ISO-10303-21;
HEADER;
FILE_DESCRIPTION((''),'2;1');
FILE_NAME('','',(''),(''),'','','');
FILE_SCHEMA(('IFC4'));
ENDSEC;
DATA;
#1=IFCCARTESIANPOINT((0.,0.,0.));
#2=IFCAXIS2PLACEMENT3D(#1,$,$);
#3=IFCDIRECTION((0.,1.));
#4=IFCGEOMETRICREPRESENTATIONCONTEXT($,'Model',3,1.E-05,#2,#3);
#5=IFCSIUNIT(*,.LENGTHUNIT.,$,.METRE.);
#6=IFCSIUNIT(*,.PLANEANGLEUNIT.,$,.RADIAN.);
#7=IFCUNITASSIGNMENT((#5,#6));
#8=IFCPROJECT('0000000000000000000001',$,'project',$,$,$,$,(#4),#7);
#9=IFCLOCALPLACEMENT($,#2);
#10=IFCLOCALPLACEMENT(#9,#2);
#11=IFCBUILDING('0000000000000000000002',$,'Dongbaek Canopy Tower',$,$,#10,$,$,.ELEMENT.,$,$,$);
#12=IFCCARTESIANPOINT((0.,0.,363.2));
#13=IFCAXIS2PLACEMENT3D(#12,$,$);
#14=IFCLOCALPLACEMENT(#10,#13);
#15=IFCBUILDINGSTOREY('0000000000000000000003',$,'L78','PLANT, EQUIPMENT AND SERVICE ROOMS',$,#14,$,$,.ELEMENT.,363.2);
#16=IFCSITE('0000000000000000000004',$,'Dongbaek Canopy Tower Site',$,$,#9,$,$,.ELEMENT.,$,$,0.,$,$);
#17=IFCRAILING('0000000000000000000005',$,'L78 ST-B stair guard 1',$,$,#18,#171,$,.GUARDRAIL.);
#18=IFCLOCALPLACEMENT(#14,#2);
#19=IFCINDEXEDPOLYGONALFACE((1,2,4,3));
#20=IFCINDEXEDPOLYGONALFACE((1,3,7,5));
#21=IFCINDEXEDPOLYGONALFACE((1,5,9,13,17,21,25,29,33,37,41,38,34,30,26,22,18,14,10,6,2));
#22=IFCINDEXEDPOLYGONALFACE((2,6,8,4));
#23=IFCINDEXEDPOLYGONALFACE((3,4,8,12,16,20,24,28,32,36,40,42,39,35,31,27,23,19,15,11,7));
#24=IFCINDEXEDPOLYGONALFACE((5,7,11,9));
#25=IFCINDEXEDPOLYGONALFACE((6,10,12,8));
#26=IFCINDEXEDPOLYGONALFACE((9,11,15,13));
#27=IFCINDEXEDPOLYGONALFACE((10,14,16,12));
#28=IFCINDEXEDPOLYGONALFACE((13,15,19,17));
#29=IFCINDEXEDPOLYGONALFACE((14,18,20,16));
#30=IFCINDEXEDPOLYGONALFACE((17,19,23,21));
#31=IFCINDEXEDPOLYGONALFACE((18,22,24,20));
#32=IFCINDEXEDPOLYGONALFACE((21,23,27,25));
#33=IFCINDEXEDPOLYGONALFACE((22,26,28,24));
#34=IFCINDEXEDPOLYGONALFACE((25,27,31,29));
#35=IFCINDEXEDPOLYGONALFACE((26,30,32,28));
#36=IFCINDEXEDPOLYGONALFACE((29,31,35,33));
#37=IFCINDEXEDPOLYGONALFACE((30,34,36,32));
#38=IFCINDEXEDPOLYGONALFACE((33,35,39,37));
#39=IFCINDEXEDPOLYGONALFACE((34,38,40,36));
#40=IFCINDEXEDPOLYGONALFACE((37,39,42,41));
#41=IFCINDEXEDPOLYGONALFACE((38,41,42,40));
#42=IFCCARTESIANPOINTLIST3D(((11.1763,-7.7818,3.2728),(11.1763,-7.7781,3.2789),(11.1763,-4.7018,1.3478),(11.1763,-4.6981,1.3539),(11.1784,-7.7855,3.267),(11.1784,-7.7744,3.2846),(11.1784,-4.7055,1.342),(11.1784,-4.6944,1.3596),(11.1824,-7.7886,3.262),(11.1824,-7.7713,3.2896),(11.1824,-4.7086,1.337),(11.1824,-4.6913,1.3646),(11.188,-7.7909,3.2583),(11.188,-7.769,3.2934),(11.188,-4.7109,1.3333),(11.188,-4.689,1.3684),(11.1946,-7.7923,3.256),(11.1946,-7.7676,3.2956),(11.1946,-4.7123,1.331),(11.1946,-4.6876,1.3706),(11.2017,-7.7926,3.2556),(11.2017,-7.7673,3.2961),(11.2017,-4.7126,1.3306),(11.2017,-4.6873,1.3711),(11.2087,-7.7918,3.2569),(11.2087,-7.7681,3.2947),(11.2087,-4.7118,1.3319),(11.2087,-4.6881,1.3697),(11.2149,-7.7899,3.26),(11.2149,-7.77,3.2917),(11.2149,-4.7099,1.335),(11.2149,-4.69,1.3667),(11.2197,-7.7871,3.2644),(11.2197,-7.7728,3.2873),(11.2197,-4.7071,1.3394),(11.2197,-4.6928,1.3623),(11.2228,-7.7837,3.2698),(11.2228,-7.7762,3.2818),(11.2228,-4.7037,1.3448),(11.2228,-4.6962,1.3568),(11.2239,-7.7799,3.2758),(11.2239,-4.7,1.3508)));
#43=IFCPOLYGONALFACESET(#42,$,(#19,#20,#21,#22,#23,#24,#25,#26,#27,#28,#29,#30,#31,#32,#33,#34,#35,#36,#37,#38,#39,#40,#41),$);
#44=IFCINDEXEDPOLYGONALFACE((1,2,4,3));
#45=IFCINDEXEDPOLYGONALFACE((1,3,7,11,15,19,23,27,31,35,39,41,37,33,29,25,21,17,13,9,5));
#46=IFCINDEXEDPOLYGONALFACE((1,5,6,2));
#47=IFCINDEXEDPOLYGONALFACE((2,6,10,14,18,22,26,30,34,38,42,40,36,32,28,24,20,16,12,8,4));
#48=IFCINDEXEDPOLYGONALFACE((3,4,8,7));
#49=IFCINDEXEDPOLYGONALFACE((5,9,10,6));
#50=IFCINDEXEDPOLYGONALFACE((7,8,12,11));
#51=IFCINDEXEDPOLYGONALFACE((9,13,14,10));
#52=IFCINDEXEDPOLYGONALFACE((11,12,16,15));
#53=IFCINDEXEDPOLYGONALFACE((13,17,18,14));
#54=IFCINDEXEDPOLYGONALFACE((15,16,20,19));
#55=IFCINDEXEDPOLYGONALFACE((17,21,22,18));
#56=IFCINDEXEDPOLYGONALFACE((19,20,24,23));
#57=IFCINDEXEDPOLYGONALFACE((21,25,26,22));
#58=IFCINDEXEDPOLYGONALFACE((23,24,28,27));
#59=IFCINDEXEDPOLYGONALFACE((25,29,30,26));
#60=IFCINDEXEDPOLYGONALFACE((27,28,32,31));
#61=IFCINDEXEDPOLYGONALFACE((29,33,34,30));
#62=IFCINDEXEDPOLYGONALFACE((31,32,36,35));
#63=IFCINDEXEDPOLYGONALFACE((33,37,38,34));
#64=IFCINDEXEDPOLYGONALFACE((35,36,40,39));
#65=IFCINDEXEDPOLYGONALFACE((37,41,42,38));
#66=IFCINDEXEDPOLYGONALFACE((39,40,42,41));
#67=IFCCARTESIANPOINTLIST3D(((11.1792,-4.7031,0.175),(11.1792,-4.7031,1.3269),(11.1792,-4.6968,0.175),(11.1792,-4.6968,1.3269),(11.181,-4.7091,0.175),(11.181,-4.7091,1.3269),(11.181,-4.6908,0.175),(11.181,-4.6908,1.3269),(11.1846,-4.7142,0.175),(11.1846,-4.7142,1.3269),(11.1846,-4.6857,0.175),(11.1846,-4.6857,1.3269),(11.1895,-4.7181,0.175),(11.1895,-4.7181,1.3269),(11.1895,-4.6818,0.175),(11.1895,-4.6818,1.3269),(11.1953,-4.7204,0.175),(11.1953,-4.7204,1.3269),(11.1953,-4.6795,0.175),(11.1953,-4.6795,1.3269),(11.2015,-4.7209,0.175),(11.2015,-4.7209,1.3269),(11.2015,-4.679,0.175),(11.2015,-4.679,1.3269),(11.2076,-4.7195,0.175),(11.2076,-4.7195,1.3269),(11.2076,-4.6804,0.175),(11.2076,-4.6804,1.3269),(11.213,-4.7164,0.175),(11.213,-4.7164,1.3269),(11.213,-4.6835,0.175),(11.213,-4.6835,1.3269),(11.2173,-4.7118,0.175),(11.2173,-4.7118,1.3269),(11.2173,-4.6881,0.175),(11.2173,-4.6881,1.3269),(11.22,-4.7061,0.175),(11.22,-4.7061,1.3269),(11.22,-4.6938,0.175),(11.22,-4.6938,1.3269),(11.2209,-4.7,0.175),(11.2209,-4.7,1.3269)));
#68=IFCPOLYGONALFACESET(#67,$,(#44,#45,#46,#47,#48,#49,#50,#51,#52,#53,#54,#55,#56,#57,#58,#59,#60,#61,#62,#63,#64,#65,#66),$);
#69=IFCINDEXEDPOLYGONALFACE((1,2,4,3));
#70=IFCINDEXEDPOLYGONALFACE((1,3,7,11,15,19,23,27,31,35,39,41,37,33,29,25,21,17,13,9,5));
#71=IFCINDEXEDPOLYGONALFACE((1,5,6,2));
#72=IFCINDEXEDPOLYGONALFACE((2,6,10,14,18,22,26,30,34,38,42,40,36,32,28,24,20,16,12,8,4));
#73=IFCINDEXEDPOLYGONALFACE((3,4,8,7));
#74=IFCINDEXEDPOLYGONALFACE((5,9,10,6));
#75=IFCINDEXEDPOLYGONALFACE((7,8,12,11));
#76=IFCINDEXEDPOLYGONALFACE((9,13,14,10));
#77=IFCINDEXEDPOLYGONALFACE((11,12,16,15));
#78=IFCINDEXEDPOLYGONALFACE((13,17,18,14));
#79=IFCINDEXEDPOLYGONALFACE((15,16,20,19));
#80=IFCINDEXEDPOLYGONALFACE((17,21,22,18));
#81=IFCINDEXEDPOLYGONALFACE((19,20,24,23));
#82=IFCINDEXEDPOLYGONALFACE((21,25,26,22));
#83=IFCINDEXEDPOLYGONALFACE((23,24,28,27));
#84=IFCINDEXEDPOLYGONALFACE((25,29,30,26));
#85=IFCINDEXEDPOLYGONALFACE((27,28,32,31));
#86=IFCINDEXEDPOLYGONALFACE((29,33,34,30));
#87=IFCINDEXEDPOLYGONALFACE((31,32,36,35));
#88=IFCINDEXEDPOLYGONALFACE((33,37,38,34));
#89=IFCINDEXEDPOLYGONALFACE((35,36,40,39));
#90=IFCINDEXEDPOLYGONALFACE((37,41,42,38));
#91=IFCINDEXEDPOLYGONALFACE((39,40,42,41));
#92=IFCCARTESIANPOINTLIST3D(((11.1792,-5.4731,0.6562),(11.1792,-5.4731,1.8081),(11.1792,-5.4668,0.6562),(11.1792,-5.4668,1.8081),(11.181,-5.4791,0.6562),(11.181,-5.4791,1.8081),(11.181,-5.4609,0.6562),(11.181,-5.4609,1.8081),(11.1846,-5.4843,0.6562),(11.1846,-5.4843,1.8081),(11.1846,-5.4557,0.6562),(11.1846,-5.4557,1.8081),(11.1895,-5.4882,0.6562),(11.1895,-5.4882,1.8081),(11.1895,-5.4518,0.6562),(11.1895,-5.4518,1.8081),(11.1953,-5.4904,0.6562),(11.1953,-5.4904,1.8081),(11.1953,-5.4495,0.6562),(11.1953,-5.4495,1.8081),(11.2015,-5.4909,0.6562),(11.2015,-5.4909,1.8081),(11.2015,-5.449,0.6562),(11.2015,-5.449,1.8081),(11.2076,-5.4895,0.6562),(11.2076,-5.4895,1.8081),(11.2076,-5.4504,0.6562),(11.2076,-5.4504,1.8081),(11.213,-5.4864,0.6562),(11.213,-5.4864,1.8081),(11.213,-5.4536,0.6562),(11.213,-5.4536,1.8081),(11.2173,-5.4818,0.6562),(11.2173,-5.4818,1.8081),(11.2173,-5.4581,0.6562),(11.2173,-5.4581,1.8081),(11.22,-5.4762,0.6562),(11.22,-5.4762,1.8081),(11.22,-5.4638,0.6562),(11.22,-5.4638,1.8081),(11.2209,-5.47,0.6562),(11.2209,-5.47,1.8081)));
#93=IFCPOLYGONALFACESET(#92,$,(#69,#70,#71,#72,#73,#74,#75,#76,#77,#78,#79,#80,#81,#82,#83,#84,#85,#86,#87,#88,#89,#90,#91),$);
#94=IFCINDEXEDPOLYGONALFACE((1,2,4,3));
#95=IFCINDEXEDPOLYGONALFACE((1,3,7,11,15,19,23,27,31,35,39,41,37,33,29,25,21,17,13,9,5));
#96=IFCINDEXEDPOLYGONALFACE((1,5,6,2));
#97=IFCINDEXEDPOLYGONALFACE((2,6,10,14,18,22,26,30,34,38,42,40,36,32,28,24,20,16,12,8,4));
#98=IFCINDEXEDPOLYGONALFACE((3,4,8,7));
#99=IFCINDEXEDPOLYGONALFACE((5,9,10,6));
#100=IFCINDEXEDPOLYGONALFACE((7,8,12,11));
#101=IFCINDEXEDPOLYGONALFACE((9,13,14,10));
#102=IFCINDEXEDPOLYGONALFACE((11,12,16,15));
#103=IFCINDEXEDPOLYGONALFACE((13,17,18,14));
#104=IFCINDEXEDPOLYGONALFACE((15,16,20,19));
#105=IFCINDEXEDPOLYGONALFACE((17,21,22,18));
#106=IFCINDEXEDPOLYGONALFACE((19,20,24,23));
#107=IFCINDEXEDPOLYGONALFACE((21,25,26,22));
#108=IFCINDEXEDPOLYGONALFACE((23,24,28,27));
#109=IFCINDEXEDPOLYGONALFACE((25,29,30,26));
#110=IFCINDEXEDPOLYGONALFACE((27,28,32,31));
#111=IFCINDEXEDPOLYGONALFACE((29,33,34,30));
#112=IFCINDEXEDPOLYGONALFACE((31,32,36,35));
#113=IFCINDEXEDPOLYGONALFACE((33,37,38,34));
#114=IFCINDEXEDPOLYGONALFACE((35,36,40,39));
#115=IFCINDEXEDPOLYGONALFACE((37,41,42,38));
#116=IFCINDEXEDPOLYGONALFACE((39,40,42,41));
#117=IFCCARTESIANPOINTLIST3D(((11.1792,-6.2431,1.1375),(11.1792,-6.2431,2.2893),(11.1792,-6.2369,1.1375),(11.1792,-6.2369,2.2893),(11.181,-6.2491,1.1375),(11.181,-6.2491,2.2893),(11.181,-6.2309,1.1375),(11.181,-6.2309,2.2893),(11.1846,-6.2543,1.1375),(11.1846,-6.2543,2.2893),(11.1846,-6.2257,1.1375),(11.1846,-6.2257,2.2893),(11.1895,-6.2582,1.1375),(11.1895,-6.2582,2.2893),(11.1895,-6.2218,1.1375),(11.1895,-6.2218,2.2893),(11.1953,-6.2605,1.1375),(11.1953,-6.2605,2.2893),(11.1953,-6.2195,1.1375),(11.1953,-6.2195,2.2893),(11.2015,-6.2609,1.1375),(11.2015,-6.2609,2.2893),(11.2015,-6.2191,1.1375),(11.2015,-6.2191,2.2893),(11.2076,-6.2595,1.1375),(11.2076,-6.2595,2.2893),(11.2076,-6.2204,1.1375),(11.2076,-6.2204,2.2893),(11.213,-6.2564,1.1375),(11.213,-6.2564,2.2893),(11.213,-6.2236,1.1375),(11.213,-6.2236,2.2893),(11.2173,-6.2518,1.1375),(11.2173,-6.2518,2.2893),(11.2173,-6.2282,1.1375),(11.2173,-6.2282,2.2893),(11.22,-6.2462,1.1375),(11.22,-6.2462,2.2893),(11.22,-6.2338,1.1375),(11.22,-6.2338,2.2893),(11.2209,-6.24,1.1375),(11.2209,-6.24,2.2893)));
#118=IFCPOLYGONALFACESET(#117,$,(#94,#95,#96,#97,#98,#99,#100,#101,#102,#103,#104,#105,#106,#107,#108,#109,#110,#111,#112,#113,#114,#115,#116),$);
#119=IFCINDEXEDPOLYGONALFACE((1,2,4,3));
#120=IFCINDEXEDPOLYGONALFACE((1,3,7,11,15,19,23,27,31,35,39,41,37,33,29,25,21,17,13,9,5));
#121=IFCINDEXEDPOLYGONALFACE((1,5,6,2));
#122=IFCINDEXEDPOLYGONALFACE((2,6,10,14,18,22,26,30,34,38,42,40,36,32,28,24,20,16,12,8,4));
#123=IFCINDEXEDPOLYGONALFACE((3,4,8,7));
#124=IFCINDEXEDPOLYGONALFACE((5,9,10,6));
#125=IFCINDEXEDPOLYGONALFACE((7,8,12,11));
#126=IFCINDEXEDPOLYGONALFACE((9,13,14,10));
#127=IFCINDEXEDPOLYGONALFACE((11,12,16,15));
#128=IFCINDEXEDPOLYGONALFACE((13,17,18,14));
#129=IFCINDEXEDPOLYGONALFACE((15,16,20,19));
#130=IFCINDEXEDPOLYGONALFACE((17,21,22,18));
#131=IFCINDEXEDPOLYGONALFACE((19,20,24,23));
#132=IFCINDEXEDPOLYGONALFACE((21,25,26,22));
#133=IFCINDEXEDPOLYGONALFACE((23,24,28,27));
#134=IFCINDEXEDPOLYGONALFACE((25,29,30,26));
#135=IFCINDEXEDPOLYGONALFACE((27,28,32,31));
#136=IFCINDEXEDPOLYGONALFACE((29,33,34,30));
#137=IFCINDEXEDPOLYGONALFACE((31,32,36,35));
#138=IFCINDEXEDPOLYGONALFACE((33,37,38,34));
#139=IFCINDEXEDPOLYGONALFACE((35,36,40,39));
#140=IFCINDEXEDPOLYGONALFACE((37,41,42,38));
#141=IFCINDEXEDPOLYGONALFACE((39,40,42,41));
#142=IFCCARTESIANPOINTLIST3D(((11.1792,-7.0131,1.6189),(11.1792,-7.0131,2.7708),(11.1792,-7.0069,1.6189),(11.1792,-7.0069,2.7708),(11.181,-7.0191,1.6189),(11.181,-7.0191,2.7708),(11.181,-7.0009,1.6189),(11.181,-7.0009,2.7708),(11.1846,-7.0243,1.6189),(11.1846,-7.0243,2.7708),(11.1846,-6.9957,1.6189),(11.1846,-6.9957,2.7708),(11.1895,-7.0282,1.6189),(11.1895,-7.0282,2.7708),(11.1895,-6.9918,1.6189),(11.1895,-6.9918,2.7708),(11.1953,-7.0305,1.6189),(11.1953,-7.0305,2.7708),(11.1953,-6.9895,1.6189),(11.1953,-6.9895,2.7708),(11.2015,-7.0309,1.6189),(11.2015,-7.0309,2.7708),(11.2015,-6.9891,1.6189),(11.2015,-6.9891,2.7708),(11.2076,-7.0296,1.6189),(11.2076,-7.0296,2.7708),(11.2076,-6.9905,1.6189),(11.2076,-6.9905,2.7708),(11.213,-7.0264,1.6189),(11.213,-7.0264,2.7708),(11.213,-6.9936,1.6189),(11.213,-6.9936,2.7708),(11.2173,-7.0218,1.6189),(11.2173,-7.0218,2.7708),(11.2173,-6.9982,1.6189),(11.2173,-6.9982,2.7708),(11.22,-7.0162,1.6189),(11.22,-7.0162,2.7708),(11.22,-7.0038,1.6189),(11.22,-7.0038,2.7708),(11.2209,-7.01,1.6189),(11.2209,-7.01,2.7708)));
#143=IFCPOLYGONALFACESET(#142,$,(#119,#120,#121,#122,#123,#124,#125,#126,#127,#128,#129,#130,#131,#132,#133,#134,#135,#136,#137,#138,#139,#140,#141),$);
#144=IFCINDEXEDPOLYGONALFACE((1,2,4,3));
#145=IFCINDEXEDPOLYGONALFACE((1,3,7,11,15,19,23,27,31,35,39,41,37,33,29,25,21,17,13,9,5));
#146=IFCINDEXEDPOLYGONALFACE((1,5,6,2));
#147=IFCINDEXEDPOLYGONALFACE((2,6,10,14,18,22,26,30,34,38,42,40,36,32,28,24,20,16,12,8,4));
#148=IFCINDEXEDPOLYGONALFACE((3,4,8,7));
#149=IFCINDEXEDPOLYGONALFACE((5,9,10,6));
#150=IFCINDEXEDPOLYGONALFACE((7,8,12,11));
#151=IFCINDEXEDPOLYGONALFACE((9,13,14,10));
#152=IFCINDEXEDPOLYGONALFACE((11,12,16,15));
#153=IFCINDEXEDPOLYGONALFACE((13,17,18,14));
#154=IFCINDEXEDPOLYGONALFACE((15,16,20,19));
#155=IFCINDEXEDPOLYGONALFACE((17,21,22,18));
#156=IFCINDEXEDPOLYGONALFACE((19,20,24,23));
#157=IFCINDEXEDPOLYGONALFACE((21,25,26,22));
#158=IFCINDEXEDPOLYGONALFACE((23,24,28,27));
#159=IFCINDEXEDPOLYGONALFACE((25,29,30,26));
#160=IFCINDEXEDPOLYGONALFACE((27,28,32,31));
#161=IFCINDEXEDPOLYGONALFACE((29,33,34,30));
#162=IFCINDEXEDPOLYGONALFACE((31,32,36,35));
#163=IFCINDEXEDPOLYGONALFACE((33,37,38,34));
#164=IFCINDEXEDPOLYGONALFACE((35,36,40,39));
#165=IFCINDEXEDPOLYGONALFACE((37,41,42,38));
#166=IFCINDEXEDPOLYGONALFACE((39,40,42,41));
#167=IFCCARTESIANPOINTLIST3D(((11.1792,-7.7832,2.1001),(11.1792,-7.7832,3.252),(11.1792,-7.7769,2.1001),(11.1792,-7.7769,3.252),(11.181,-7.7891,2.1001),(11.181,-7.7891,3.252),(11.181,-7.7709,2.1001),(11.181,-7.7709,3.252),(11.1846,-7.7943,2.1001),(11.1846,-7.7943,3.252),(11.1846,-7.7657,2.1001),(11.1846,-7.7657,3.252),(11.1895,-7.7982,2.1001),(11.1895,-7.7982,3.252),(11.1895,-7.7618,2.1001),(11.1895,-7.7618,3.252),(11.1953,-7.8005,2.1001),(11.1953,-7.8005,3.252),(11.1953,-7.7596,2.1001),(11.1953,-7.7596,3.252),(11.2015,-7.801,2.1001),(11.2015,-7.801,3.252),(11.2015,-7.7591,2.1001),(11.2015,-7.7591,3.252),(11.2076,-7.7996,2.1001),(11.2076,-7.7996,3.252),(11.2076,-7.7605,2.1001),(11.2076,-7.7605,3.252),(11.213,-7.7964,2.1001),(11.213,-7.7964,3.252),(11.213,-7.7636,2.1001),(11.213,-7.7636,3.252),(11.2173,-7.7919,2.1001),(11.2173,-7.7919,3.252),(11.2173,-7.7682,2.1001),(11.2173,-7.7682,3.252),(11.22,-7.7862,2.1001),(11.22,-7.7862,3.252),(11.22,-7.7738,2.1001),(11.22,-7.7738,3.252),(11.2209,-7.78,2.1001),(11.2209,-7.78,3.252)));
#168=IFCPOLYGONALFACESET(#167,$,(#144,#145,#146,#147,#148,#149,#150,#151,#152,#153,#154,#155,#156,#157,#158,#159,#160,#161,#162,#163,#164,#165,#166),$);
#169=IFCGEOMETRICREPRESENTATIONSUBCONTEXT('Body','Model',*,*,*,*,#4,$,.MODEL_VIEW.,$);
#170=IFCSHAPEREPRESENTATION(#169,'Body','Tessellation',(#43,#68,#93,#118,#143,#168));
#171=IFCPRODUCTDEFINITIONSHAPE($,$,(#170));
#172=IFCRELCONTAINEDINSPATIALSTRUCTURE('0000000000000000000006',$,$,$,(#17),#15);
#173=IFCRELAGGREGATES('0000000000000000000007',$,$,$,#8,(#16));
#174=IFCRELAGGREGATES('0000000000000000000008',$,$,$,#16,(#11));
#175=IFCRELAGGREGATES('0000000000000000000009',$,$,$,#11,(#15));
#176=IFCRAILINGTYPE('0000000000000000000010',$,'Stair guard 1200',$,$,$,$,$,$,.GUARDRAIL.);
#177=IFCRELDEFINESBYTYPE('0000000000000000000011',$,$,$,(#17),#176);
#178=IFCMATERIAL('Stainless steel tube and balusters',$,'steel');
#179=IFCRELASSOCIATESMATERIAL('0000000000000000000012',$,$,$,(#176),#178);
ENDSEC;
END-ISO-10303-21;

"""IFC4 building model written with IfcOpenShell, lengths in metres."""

from ifc_helpers import new_model, si_unit, direction, frame, origin, origin_2d, place, context, subcontext, project, spatial, circle, extrude, material, type_object, element, save


model = new_model("IFC4")

# Units and contexts
model_context = context("Model", 3, precision=1e-05, world=origin(), true_north=direction((0.0, 1.0)))
body_context = subcontext(model_context, "Body", "Model", "MODEL_VIEW")
ifc_project = project(units=[si_unit("LENGTHUNIT", "METRE"), si_unit("PLANEANGLEUNIT", "RADIAN")], contexts=[model_context])

# Site, building, storey
site_placement = place(None, origin())
site = spatial("IfcSite", under=ifc_project, at=site_placement, Name="Dongbaek Canopy Tower Site", CompositionType="ELEMENT", RefElevation=0.0)
building_placement = place(site_placement, origin())
building = spatial("IfcBuilding", under=site, at=building_placement, Name="Dongbaek Canopy Tower", CompositionType="ELEMENT")
storey_placement = place(building_placement, frame((0.0, 0.0, 363.2)))
storey = spatial("IfcBuildingStorey", under=building, at=storey_placement, Name="L78", Description="PLANT, EQUIPMENT AND SERVICE ROOMS", CompositionType="ELEMENT", Elevation=363.2)

# Railing
ifc_material_1 = material(Name="Stainless steel tube and balusters", Category="steel")
railing_type_1 = type_object("IfcRailingType", Name="Stair guard 1200", PredefinedType="GUARDRAIL", material=ifc_material_1)
railing_1_placement = place(storey_placement, frame((11.2, -4.7, 0.175)))
element("IfcRailing", 1, at=railing_1_placement, inside=storey, type_object=railing_type_1, Name="L78 ST-B stair guard 1", PredefinedType="GUARDRAIL", context=body_context, shape_type="SweptSolid", body=[
    extrude(circle(Radius=0.0239, at=origin_2d()), frame((0.0, 0.0, 1.1758), z_axis=(0.0, -0.847998, 0.529999), x_axis=(1.0, 0.0, 0.0)), (0.0, 0.0, 1.0), 3.6321),
    extrude(circle(Radius=0.021, at=origin_2d()), origin(), (0.0, 0.0, 1.0), 1.1519),
    extrude(circle(Radius=0.021, at=origin_2d()), frame((0.0, -0.77, 0.4812)), (0.0, 0.0, 1.0), 1.1519),
    extrude(circle(Radius=0.021, at=origin_2d()), frame((0.0, -1.54, 0.9624)), (0.0, 0.0, 1.0), 1.1519),
    extrude(circle(Radius=0.021, at=origin_2d()), frame((0.0, -2.3101, 1.4438)), (0.0, 0.0, 1.0), 1.1519),
    extrude(circle(Radius=0.021, at=origin_2d()), frame((0.0, -3.0801, 1.925)), (0.0, 0.0, 1.0), 1.1519),
])

save(model, "model.ifc")
